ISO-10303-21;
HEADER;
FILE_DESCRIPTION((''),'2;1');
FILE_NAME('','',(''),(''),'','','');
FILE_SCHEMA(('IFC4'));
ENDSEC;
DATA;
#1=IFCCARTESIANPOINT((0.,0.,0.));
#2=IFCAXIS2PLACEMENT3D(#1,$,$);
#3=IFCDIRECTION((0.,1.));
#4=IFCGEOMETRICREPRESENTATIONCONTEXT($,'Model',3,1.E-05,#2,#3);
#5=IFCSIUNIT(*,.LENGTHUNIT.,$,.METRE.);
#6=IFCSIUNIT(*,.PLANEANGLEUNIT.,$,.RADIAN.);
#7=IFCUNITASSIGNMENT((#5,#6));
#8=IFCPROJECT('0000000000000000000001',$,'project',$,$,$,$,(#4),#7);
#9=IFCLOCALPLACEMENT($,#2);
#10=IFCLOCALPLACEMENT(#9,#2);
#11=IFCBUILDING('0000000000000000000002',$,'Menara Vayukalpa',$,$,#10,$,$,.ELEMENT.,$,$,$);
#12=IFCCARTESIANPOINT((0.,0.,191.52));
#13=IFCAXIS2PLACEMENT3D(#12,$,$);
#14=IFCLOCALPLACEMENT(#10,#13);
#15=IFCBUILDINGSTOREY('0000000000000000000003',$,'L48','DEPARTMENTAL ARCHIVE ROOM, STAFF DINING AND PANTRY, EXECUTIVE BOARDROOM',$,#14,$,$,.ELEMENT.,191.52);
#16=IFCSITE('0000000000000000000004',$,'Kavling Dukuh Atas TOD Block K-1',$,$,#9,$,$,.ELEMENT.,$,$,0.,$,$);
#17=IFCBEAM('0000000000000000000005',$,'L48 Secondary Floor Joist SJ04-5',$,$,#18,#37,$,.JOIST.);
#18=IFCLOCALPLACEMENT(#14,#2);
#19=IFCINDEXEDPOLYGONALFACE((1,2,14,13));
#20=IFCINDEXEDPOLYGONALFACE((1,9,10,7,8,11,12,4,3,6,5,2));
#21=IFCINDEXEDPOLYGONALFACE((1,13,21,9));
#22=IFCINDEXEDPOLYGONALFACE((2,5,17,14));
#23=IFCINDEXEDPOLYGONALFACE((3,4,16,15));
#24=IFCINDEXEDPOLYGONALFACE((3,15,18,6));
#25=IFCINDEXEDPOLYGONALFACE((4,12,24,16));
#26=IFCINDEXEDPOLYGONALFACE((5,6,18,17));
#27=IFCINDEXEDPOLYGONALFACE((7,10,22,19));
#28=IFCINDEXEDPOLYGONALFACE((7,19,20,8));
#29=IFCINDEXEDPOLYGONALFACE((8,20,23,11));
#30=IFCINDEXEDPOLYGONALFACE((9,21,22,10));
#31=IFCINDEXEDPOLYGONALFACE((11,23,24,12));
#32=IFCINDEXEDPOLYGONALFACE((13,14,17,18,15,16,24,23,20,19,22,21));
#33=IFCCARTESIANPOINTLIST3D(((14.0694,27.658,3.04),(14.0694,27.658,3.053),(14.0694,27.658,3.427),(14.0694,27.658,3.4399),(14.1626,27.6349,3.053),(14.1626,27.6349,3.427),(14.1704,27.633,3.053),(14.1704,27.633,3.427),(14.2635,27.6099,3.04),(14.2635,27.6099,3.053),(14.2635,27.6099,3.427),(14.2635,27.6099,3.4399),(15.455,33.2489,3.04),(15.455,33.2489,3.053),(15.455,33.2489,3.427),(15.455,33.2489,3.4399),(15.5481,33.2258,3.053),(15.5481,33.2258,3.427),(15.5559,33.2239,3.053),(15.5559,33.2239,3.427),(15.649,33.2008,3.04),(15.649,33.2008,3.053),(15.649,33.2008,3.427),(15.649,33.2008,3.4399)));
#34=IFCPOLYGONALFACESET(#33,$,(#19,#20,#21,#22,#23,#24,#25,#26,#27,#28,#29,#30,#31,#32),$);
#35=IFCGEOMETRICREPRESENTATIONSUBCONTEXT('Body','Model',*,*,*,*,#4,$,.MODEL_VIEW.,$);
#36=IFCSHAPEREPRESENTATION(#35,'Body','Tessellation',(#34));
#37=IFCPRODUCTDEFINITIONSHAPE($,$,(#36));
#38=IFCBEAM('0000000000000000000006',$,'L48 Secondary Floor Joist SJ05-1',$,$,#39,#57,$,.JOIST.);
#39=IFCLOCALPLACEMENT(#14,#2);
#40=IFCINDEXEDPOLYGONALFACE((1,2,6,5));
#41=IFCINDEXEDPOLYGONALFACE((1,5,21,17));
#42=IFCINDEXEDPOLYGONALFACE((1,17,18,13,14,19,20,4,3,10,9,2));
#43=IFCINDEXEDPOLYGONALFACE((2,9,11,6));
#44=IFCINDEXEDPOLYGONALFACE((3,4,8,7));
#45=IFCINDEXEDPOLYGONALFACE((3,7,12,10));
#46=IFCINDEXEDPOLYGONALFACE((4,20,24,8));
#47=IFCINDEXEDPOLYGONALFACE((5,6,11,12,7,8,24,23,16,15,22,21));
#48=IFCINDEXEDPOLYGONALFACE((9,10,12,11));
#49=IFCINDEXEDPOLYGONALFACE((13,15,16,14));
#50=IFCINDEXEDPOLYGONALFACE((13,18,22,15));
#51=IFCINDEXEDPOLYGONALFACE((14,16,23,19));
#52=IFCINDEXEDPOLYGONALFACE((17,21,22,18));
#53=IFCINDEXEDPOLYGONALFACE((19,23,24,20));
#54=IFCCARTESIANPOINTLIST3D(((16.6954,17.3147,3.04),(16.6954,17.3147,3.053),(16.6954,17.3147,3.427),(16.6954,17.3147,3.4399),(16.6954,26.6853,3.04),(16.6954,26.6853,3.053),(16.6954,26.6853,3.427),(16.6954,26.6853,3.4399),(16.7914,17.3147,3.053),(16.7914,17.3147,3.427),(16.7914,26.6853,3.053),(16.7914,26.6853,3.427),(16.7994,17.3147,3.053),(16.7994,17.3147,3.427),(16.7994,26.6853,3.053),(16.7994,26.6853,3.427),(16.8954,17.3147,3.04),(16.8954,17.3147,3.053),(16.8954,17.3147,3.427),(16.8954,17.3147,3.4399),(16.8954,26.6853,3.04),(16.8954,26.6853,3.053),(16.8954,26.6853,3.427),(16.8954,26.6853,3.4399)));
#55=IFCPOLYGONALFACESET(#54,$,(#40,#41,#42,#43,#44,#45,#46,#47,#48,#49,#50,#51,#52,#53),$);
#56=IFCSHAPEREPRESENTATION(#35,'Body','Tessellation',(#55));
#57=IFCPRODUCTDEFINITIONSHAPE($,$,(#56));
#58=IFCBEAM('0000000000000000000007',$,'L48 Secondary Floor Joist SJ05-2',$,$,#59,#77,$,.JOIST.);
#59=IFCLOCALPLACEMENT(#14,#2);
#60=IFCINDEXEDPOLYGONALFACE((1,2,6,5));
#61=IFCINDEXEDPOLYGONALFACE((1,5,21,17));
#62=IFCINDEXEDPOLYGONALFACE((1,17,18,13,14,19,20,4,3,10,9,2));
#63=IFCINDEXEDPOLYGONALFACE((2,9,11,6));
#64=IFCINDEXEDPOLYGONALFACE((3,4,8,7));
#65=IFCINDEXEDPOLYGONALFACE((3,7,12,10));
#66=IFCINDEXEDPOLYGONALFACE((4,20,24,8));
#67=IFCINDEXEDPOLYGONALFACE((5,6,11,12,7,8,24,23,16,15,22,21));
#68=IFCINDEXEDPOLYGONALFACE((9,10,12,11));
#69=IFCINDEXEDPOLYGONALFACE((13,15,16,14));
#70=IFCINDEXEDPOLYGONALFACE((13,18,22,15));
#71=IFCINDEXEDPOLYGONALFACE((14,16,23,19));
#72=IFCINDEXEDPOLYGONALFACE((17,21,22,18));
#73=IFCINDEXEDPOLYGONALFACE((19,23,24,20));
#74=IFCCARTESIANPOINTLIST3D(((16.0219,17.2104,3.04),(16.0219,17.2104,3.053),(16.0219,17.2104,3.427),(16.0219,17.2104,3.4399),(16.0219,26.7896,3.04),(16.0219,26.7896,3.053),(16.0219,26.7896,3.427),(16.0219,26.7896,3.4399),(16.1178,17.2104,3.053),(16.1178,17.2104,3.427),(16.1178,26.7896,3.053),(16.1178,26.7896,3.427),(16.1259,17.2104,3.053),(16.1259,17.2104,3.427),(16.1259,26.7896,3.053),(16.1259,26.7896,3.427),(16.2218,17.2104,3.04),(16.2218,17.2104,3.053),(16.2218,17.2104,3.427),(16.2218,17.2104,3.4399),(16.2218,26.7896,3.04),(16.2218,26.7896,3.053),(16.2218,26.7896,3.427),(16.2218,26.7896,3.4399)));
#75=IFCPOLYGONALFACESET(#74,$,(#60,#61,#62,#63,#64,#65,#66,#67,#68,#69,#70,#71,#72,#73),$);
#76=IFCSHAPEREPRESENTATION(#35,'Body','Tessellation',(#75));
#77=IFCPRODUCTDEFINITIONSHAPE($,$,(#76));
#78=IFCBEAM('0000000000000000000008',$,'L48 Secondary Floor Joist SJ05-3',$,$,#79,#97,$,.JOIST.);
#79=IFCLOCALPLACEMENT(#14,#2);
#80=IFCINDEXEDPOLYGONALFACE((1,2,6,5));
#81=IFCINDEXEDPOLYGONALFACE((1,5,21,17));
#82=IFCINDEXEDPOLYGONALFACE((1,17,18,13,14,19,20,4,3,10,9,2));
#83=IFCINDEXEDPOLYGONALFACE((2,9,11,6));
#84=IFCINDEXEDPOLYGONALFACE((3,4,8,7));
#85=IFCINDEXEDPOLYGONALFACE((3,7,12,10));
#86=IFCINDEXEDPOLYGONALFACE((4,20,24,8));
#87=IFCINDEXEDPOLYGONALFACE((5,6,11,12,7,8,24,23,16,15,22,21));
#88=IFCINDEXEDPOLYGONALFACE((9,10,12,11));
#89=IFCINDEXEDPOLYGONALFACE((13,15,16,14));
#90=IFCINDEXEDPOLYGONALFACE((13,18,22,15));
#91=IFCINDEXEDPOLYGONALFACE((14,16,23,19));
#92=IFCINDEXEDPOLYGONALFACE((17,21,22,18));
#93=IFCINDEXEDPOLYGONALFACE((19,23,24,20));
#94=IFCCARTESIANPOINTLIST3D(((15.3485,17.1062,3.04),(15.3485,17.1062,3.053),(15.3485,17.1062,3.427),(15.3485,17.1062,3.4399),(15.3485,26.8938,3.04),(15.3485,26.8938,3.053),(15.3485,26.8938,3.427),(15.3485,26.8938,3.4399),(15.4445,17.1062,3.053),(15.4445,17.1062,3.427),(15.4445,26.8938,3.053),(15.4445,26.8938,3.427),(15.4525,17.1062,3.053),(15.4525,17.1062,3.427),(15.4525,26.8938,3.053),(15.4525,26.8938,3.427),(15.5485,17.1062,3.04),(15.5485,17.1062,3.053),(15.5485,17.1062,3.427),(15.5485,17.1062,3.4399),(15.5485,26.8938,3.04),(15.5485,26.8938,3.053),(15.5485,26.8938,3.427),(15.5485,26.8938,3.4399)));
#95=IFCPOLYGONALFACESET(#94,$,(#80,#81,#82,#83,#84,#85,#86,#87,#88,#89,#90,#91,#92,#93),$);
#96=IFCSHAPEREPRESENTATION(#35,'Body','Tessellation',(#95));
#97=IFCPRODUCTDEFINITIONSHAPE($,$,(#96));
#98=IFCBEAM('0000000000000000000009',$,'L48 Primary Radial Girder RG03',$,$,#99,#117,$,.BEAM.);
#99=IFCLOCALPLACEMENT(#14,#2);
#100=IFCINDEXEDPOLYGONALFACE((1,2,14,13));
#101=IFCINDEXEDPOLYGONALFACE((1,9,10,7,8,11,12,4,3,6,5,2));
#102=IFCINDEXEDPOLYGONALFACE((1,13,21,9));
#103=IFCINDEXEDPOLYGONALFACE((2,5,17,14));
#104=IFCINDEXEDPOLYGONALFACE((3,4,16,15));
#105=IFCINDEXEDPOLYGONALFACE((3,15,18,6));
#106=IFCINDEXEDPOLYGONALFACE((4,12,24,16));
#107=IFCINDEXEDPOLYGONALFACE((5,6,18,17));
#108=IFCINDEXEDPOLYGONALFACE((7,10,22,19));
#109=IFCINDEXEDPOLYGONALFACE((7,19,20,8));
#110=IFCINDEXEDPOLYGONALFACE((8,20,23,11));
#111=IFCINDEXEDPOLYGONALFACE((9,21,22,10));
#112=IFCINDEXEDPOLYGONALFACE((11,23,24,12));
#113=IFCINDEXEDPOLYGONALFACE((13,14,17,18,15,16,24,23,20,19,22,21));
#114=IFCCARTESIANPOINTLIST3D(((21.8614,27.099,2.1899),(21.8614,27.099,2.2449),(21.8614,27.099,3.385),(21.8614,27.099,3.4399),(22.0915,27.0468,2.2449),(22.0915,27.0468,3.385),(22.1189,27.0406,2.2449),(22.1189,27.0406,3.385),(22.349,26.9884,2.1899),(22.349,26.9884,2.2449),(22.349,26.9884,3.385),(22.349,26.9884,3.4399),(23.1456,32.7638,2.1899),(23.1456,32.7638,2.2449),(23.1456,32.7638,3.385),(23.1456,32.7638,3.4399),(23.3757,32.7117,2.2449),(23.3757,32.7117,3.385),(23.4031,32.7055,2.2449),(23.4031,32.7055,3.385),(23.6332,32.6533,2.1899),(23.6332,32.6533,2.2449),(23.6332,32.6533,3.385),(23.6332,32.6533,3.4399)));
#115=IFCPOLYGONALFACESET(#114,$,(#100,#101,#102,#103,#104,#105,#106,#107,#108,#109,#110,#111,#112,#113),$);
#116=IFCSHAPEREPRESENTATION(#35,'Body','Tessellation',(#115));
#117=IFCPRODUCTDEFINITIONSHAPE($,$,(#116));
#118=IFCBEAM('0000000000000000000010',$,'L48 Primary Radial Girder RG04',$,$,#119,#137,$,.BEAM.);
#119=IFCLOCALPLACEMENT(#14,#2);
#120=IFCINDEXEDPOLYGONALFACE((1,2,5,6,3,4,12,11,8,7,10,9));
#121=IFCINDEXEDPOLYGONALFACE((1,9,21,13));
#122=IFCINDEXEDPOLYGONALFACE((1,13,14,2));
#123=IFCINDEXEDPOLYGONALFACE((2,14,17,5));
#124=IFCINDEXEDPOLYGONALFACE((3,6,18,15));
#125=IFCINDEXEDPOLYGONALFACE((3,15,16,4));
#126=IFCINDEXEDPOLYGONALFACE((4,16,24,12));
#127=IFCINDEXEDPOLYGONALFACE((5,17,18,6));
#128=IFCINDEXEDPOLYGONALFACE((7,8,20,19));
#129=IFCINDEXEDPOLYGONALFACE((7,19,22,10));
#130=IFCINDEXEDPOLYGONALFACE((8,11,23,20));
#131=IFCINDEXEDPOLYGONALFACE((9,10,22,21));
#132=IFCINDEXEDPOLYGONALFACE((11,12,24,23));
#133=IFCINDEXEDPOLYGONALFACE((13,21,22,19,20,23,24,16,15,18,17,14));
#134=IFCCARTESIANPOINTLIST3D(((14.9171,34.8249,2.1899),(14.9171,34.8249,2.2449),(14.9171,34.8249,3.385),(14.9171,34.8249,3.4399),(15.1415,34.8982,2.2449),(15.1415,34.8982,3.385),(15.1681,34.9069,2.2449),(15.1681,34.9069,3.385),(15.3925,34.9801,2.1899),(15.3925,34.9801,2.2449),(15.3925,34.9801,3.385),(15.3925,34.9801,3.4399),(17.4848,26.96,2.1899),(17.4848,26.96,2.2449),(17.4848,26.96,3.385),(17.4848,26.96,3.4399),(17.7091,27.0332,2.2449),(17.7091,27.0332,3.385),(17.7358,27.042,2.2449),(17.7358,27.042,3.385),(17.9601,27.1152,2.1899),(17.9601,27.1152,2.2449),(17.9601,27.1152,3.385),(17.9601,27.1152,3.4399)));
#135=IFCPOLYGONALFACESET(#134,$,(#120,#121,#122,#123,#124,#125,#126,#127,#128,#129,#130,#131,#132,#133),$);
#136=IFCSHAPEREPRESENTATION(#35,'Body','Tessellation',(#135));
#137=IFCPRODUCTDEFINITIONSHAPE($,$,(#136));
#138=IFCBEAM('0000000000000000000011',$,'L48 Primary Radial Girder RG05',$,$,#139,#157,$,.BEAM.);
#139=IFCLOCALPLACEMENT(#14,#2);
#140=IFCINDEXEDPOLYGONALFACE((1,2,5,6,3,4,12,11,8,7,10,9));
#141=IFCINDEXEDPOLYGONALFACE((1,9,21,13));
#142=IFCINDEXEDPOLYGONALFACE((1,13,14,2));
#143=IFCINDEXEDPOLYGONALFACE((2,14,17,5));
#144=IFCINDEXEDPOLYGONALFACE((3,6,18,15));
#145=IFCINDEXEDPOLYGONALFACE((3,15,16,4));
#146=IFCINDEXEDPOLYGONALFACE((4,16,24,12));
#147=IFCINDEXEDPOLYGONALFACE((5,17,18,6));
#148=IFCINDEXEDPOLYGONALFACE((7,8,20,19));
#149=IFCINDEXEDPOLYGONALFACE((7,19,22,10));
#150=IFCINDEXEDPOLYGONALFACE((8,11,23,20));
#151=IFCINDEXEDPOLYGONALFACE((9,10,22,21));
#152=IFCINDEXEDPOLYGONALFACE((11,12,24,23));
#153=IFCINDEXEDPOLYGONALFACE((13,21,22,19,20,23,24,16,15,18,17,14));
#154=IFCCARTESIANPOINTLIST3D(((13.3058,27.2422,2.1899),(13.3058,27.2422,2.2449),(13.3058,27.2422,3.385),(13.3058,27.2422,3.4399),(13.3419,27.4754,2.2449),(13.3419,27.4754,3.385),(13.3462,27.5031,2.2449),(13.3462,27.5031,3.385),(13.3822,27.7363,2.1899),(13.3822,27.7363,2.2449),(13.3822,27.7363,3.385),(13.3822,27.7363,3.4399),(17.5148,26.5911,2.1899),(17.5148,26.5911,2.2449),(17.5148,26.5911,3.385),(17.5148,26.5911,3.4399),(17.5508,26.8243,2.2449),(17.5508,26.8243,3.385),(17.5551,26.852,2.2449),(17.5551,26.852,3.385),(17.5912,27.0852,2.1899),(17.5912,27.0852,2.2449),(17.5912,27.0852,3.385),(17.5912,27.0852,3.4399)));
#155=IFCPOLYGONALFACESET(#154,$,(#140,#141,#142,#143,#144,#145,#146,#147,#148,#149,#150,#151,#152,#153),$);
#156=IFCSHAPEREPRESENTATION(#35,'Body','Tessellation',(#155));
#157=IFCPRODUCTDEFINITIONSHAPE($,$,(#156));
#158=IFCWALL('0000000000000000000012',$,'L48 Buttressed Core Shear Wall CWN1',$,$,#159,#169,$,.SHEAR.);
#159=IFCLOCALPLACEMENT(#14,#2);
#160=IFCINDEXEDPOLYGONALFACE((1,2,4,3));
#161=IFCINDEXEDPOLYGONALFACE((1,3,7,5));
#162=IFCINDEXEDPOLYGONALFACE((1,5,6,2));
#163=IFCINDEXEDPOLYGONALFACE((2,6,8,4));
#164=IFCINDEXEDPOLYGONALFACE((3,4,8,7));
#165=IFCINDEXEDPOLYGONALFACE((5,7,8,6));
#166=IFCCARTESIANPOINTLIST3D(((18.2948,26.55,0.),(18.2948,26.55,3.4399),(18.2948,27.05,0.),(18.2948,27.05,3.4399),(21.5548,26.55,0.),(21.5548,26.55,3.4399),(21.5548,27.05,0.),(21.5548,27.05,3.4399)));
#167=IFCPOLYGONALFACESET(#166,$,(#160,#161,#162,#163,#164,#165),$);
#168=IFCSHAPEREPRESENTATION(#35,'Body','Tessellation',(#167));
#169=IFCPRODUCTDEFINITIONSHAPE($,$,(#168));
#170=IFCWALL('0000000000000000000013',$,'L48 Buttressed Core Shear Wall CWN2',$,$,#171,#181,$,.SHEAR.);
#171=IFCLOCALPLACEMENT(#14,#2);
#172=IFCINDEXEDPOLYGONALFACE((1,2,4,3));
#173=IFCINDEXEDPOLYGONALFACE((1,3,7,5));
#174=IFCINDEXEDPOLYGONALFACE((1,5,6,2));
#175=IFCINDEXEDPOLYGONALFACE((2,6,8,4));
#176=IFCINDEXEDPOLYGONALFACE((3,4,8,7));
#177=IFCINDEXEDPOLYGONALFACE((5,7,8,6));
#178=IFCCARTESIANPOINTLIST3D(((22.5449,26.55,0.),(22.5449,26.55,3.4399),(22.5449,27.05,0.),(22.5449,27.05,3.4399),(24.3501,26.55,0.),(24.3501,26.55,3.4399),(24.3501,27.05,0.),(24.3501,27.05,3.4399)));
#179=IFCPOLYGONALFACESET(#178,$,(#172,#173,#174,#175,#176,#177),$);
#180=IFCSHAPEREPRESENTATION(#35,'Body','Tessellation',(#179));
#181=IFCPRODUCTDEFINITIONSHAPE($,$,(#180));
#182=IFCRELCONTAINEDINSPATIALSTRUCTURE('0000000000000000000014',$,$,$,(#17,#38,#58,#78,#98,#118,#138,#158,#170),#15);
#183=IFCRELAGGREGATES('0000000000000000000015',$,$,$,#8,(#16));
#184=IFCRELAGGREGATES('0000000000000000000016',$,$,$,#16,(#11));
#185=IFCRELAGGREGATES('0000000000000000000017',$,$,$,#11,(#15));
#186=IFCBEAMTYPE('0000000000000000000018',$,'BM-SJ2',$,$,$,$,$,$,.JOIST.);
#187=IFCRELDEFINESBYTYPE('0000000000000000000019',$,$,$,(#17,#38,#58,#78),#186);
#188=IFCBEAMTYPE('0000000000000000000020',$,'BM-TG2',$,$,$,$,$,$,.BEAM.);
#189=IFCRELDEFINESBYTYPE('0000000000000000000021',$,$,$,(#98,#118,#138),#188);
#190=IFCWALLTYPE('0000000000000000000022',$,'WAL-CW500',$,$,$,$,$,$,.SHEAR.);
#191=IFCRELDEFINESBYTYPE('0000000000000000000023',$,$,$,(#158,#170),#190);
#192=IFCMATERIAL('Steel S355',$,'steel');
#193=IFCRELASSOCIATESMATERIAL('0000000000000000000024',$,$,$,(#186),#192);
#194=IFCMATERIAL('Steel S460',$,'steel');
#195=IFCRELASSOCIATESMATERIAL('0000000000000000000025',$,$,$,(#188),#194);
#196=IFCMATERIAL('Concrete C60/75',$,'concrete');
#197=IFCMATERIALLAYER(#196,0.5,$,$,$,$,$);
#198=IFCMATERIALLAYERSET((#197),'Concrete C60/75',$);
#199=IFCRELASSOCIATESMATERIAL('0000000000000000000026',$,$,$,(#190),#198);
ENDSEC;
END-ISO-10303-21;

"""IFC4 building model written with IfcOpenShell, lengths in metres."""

from ifc_helpers import new_model, si_unit, direction, frame, frame_2d, origin, origin_2d, place, context, subcontext, project, spatial, rectangle, i_section, extrude, material, layer, layer_set, material_profile, profile_set, type_object, element, save


model = new_model("IFC4")

# Units and contexts
model_context = context("Model", 3, precision=1e-05, world=origin(), true_north=direction((0.0, 1.0)))
body_context = subcontext(model_context, "Body", "Model", "MODEL_VIEW")
ifc_project = project(units=[si_unit("LENGTHUNIT", "METRE"), si_unit("PLANEANGLEUNIT", "RADIAN")], contexts=[model_context])

# Site, building, storey
site_placement = place(None, origin())
site = spatial("IfcSite", under=ifc_project, at=site_placement, Name="Kavling Dukuh Atas TOD Block K-1", CompositionType="ELEMENT", RefElevation=0.0)
building_placement = place(site_placement, origin())
building = spatial("IfcBuilding", under=site, at=building_placement, Name="Menara Vayukalpa", CompositionType="ELEMENT")
storey_placement = place(building_placement, frame((0.0, 0.0, 191.52)))
storey = spatial("IfcBuildingStorey", under=building, at=storey_placement, Name="L48", Description="DEPARTMENTAL ARCHIVE ROOM, STAFF DINING AND PANTRY, EXECUTIVE BOARDROOM", CompositionType="ELEMENT", Elevation=191.52)

# Beams
ifc_material_1 = material(Name="Steel S355", Category="steel")
ifc_material_profile_1 = material_profile(ifc_material_1, i_section(OverallWidth=0.2, OverallDepth=0.3999, WebThickness=0.0081, FlangeThickness=0.0129, at=origin_2d()), Name="WF 400x200x8x13")
ifc_profile_set_1 = profile_set([ifc_material_profile_1], Name="Steel S355")
beam_type_1 = type_object("IfcBeamType", Name="BM-SJ2", PredefinedType="JOIST", material=ifc_profile_set_1)
beam_1_placement = place(storey_placement, frame((15.552, 33.2249, 3.24), z_axis=(-0.24054, -0.970639, 0.0), x_axis=(0.970639, -0.24054, 0.0)))
element("IfcBeam", 1, at=beam_1_placement, inside=storey, type_object=beam_type_1, Name="L48 Secondary Floor Joist SJ04-5", PredefinedType="JOIST", context=body_context, shape_type="SweptSolid", body=[
    extrude(i_section(OverallWidth=0.2, OverallDepth=0.3999, WebThickness=0.0081, FlangeThickness=0.0129, at=origin_2d()), origin(), (0.0, 0.0, 1.0), 5.76),
])
beam_2_placement = place(storey_placement, frame((16.7954, 26.6853, 3.24), z_axis=(0.0, -1.0, 0.0), x_axis=(1.0, 0.0, 0.0)))
element("IfcBeam", 2, at=beam_2_placement, inside=storey, type_object=beam_type_1, Name="L48 Secondary Floor Joist SJ05-1", PredefinedType="JOIST", context=body_context, shape_type="SweptSolid", body=[
    extrude(i_section(OverallWidth=0.2, OverallDepth=0.3999, WebThickness=0.0081, FlangeThickness=0.0129, at=origin_2d()), origin(), (0.0, 0.0, 1.0), 9.3706),
])
beam_3_placement = place(storey_placement, frame((16.1218, 26.7896, 3.24), z_axis=(0.0, -1.0, 0.0), x_axis=(1.0, 0.0, 0.0)))
element("IfcBeam", 3, at=beam_3_placement, inside=storey, type_object=beam_type_1, Name="L48 Secondary Floor Joist SJ05-2", PredefinedType="JOIST", context=body_context, shape_type="SweptSolid", body=[
    extrude(i_section(OverallWidth=0.2, OverallDepth=0.3999, WebThickness=0.0081, FlangeThickness=0.0129, at=origin_2d()), origin(), (0.0, 0.0, 1.0), 9.5791),
])
beam_4_placement = place(storey_placement, frame((15.4485, 26.8938, 3.24), z_axis=(0.0, -1.0, 0.0), x_axis=(1.0, 0.0, 0.0)))
element("IfcBeam", 4, at=beam_4_placement, inside=storey, type_object=beam_type_1, Name="L48 Secondary Floor Joist SJ05-3", PredefinedType="JOIST", context=body_context, shape_type="SweptSolid", body=[
    extrude(i_section(OverallWidth=0.2, OverallDepth=0.3999, WebThickness=0.0081, FlangeThickness=0.0129, at=origin_2d()), origin(), (0.0, 0.0, 1.0), 9.7876),
])
ifc_material_2 = material(Name="Steel S460", Category="steel")
ifc_material_profile_2 = material_profile(ifc_material_2, i_section(OverallWidth=0.5, OverallDepth=1.25, WebThickness=0.0281, FlangeThickness=0.0549, at=origin_2d()), Name="WG 1250x500x28x55")
ifc_profile_set_2 = profile_set([ifc_material_profile_2], Name="Steel S460")
beam_type_2 = type_object("IfcBeamType", Name="BM-TG2", PredefinedType="BEAM", material=ifc_profile_set_2)
beam_5_placement = place(storey_placement, frame((22.1052, 27.0437, 2.8149), z_axis=(0.221085, 0.975255, 0.0), x_axis=(-0.975255, 0.221085, 0.0)))
element("IfcBeam", 5, at=beam_5_placement, inside=storey, type_object=beam_type_2, Name="L48 Primary Radial Girder RG03", PredefinedType="BEAM", context=body_context, shape_type="SweptSolid", body=[
    extrude(i_section(OverallWidth=0.5, OverallDepth=1.25, WebThickness=0.0281, FlangeThickness=0.0549, at=origin_2d()), origin(), (0.0, 0.0, 1.0), 5.8086),
])
beam_6_placement = place(storey_placement, frame((17.7224, 27.0376, 2.8149), z_axis=(-0.310344, 0.950624, 0.0), x_axis=(-0.950624, -0.310344, 0.0)))
element("IfcBeam", 6, at=beam_6_placement, inside=storey, type_object=beam_type_2, Name="L48 Primary Radial Girder RG04", PredefinedType="BEAM", context=body_context, shape_type="SweptSolid", body=[
    extrude(i_section(OverallWidth=0.5, OverallDepth=1.25, WebThickness=0.0281, FlangeThickness=0.0549, at=origin_2d()), origin(), (0.0, 0.0, 1.0), 8.2734),
])
beam_7_placement = place(storey_placement, frame((17.553, 26.8381, 2.8149), z_axis=(-0.988245, 0.15288, 0.0), x_axis=(-0.15288, -0.988245, 0.0)))
element("IfcBeam", 7, at=beam_7_placement, inside=storey, type_object=beam_type_2, Name="L48 Primary Radial Girder RG05", PredefinedType="BEAM", context=body_context, shape_type="SweptSolid", body=[
    extrude(i_section(OverallWidth=0.5, OverallDepth=1.25, WebThickness=0.0281, FlangeThickness=0.0549, at=origin_2d()), origin(), (0.0, 0.0, 1.0), 4.259),
])

# Walls
ifc_material_3 = material(Name="Concrete C60/75", Category="concrete")
ifc_layer_1 = layer(ifc_material_3, 0.5)
ifc_layer_set_1 = layer_set([ifc_layer_1], Name="Concrete C60/75")
wall_type_1 = type_object("IfcWallType", Name="WAL-CW500", PredefinedType="SHEAR", material=ifc_layer_set_1)
wall_1_placement = place(storey_placement, frame((18.2949, 26.8, 0.0), z_axis=(0.0, 0.0, 1.0), x_axis=(1.0, 0.0, 0.0)))
element("IfcWall", 8, at=wall_1_placement, inside=storey, type_object=wall_type_1, Name="L48 Buttressed Core Shear Wall CWN1", PredefinedType="SHEAR", context=body_context, shape_type="SweptSolid", body=[
    extrude(rectangle(XDim=3.26, YDim=0.5, at=frame_2d((1.6299, 0.0))), origin(), (0.0, 0.0, 1.0), 3.4399),
])
wall_2_placement = place(storey_placement, frame((22.5449, 26.8, 0.0), z_axis=(0.0, 0.0, 1.0), x_axis=(1.0, 0.0, 0.0)))
element("IfcWall", 9, at=wall_2_placement, inside=storey, type_object=wall_type_1, Name="L48 Buttressed Core Shear Wall CWN2", PredefinedType="SHEAR", context=body_context, shape_type="SweptSolid", body=[
    extrude(rectangle(XDim=1.8052, YDim=0.5, at=frame_2d((0.9026, 0.0))), origin(), (0.0, 0.0, 1.0), 3.4399),
])

save(model, "model.ifc")
